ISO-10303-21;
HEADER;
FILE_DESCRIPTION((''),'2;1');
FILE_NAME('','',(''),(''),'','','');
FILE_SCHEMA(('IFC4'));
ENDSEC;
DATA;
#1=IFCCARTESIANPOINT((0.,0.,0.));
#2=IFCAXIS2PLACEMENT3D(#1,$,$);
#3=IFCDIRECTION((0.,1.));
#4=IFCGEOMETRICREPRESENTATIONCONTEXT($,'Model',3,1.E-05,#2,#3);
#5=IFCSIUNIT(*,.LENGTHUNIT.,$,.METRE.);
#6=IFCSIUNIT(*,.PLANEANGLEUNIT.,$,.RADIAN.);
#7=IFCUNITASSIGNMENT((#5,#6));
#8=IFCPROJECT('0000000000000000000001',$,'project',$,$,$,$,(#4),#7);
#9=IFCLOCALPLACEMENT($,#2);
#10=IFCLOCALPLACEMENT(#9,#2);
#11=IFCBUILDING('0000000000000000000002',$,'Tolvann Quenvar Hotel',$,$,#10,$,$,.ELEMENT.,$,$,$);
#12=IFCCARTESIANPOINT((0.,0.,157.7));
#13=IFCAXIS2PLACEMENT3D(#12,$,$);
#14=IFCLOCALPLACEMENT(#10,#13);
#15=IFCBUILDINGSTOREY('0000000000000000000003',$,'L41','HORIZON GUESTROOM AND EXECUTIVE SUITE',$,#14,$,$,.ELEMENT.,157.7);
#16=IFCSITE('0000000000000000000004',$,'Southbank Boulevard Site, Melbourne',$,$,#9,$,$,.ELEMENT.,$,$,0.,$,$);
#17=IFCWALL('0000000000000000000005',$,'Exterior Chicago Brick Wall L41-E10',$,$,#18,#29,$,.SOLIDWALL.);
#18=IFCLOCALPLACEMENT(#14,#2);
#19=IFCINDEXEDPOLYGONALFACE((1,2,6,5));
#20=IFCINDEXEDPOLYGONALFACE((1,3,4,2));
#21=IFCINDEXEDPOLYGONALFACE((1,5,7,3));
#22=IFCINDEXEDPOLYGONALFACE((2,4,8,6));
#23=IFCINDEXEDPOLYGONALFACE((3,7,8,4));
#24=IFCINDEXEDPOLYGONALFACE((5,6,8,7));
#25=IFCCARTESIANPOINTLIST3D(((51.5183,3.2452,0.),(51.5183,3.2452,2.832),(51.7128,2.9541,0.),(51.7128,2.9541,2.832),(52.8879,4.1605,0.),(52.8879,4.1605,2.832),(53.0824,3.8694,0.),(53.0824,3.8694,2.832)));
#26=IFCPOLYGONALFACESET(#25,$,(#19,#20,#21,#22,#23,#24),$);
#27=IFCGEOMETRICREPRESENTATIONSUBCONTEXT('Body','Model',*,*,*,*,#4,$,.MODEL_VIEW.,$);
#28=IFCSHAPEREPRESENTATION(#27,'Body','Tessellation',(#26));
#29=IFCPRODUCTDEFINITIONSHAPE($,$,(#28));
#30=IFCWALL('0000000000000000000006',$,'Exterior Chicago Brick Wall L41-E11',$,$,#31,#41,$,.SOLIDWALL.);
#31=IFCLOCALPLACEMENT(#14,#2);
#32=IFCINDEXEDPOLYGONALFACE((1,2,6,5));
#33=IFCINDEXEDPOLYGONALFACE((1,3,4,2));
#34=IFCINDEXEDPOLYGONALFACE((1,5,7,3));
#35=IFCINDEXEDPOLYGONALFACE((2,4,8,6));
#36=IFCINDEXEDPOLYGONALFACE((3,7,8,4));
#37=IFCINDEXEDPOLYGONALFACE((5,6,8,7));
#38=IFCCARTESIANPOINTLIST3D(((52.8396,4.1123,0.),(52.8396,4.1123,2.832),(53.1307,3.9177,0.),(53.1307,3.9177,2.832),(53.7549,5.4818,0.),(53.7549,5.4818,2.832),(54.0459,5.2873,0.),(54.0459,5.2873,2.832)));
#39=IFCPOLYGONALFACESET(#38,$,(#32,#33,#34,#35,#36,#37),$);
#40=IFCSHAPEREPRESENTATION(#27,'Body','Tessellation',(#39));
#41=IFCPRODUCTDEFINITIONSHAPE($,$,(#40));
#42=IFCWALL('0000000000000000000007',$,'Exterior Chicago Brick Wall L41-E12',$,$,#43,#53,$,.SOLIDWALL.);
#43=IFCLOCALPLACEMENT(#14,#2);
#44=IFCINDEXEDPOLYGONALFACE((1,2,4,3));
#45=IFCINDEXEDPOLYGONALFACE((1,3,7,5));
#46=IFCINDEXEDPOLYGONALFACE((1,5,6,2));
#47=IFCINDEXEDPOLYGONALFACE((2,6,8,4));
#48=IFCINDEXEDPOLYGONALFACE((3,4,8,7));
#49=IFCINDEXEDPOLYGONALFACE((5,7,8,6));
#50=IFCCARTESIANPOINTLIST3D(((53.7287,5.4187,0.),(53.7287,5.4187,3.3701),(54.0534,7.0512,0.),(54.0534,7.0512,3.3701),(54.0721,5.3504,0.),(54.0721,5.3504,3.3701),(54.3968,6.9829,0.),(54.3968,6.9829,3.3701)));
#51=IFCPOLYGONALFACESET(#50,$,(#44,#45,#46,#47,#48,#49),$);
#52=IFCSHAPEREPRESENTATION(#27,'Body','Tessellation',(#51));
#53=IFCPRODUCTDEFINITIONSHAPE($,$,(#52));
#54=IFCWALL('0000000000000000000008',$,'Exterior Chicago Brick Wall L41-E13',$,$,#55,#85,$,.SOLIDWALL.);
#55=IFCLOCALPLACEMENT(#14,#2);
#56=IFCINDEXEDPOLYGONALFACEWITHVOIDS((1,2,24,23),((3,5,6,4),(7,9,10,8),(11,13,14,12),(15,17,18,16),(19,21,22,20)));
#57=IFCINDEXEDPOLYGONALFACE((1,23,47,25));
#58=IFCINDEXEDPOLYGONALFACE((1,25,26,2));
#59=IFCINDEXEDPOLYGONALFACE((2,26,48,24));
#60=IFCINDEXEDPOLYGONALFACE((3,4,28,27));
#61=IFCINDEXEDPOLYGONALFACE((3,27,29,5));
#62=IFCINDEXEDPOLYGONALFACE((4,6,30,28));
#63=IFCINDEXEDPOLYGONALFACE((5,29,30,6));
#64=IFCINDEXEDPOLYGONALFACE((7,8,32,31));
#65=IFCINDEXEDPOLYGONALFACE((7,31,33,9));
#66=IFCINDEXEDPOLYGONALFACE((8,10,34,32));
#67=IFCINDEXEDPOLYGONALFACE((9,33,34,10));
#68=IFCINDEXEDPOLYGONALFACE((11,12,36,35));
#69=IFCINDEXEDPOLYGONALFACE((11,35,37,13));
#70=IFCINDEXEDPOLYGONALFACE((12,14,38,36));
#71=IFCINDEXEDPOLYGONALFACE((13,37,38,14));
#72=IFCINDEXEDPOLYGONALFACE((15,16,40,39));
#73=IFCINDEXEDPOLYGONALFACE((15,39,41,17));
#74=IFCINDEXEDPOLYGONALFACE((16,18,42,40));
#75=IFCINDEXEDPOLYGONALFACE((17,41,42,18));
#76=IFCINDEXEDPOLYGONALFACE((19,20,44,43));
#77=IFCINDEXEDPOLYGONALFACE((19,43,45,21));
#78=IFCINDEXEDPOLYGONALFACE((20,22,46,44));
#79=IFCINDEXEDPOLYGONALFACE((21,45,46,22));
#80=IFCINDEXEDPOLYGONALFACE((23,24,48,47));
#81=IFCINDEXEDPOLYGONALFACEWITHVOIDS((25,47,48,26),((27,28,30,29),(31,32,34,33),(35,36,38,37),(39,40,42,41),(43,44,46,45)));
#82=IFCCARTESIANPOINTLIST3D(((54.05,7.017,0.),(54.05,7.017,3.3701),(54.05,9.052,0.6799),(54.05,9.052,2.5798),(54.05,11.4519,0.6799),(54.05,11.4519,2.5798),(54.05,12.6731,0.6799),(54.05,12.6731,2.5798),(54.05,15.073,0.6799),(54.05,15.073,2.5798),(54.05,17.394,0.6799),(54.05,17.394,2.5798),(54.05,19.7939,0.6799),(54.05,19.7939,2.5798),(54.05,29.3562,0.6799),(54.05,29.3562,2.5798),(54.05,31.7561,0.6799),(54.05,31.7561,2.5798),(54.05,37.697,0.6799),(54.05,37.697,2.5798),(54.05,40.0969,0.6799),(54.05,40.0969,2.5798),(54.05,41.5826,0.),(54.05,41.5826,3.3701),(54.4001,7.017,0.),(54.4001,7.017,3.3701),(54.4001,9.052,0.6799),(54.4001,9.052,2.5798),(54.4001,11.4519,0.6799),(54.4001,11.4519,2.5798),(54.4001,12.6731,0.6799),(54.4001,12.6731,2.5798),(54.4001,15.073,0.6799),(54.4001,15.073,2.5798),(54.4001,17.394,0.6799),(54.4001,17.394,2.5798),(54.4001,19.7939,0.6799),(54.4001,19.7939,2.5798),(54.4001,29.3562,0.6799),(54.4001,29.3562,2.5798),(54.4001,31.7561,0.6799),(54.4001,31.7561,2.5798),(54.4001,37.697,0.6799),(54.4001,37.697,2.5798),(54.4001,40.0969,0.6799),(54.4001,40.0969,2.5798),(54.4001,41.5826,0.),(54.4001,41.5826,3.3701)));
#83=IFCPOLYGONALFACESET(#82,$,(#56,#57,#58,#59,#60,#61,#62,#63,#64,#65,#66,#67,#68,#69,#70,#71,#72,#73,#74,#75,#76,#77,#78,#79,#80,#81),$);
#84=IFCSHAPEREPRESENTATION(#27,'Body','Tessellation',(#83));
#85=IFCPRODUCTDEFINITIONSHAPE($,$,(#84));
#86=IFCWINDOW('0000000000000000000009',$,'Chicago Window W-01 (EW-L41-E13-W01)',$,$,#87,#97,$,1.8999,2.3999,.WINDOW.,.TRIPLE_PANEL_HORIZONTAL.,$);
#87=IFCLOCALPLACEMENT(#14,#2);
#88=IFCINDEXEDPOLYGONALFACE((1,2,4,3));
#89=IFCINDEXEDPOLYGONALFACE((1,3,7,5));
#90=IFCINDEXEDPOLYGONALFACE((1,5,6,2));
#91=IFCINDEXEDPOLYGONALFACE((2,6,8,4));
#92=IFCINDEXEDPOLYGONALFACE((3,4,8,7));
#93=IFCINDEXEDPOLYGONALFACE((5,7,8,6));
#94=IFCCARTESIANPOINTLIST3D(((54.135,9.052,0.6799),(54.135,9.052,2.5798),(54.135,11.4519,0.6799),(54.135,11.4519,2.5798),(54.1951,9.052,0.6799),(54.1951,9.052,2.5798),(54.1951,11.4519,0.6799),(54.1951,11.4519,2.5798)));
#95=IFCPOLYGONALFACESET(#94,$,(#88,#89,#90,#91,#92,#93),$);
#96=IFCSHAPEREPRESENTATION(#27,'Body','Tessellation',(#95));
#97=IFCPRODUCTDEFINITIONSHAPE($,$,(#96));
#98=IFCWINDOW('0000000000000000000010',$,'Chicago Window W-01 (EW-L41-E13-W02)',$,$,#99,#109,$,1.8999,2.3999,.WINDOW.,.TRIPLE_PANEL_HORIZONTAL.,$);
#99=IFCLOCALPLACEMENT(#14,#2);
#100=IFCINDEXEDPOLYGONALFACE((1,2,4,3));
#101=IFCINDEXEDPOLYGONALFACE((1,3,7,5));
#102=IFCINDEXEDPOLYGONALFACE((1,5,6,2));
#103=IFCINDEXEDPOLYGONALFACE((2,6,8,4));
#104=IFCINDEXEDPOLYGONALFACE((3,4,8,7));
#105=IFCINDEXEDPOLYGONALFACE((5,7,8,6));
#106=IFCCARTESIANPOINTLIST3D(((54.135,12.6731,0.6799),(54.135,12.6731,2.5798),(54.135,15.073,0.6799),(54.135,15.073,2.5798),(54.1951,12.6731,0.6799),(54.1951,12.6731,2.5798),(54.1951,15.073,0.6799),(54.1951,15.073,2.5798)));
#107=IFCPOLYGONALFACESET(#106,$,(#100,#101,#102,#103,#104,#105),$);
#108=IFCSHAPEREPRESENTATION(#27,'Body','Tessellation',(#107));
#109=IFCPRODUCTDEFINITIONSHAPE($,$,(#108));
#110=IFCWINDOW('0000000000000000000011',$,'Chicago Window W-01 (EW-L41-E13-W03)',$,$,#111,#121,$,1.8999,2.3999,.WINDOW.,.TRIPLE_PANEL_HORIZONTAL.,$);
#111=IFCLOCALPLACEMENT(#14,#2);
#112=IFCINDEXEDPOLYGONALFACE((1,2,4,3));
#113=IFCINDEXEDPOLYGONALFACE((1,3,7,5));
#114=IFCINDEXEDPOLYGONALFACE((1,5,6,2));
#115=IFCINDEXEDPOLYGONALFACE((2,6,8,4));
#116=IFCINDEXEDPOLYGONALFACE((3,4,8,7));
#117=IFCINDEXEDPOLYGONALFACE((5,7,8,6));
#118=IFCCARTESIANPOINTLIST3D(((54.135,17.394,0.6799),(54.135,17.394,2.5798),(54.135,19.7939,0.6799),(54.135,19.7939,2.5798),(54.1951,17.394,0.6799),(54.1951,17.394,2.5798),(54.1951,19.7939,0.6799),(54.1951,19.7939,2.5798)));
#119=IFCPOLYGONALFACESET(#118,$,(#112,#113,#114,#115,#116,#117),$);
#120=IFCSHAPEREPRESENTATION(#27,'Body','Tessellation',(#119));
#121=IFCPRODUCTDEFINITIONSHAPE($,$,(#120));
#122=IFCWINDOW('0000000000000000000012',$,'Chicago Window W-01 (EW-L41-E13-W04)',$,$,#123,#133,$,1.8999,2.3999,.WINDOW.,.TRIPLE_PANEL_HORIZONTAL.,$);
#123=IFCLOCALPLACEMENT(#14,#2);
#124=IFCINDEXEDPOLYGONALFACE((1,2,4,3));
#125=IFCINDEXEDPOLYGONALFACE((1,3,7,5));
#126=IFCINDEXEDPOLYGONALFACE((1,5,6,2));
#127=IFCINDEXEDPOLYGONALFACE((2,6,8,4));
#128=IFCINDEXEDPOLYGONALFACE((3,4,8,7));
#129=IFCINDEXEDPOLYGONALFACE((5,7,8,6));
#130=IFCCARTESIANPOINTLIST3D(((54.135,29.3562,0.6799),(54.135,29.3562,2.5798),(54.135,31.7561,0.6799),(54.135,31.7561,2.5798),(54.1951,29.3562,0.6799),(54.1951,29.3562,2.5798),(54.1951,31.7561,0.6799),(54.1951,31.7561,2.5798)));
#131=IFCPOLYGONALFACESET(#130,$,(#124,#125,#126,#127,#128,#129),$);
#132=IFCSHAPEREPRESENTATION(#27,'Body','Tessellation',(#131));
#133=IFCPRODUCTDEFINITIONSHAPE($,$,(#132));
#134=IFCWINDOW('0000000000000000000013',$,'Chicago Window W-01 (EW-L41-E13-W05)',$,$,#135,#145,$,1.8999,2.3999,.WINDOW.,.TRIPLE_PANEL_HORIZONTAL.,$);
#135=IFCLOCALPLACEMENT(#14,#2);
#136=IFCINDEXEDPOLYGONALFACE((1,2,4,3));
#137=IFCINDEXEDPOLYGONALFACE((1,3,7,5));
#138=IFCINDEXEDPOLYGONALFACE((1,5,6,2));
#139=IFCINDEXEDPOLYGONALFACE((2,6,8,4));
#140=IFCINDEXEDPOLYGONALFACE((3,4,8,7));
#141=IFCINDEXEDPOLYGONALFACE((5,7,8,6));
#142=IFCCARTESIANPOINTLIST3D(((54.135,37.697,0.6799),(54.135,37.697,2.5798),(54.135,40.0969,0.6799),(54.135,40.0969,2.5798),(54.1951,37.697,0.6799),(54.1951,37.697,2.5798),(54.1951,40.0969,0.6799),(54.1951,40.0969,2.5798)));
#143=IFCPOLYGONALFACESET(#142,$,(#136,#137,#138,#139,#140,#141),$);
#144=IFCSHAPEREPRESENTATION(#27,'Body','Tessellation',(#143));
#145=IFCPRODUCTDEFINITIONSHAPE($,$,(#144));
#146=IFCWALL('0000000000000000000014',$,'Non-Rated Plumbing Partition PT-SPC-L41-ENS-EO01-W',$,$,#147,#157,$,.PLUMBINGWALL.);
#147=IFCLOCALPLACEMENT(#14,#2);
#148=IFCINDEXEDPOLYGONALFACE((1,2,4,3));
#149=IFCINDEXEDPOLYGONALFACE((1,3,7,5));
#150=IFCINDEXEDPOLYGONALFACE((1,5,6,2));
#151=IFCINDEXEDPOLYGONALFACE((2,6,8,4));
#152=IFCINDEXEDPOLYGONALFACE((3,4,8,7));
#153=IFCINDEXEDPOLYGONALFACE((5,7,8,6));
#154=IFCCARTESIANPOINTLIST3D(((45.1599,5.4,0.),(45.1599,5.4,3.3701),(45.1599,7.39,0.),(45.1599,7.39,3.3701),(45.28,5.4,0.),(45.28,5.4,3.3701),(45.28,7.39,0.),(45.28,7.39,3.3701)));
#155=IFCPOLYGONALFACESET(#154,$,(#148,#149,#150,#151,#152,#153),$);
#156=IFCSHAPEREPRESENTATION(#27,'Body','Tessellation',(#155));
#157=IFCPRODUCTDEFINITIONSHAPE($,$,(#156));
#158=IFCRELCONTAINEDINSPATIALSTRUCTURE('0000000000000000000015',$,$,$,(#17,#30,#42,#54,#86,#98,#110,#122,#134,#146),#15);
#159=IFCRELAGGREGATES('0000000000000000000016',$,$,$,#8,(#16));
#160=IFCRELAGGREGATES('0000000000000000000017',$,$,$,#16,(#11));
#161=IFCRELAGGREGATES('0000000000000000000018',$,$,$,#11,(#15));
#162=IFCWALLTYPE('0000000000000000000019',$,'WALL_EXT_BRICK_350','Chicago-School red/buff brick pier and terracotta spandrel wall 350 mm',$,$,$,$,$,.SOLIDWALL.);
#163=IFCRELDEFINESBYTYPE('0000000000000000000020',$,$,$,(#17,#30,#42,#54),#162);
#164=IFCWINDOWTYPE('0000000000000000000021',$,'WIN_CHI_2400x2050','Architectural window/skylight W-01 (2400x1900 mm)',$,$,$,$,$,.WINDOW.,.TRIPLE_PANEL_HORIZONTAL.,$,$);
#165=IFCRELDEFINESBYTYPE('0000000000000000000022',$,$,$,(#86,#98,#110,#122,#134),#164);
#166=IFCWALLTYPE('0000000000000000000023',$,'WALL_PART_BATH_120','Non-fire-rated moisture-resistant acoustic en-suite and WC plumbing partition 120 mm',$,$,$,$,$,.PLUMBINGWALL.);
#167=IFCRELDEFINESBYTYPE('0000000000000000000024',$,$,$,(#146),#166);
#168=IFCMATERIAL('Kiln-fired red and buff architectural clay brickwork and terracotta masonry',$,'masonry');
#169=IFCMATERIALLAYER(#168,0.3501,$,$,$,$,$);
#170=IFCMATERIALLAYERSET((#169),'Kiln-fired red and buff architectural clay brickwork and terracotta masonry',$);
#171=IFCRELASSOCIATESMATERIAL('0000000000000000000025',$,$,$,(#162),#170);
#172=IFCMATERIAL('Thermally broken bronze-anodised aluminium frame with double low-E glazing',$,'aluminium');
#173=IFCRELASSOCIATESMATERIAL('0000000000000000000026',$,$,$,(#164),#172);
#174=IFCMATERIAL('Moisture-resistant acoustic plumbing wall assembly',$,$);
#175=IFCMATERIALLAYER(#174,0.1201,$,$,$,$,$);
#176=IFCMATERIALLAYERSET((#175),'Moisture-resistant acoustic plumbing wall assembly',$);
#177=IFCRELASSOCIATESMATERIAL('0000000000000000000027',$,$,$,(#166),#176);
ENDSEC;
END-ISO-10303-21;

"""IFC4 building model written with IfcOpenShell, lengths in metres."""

from ifc_helpers import new_model, si_unit, direction, frame, frame_2d, origin, place, context, subcontext, project, spatial, rectangle, extrude, source, transform, mapped, material, layer, layer_set, type_object, type_shapes, element, fill, save


model = new_model("IFC4")

# Units and contexts
model_context = context("Model", 3, precision=1e-05, world=origin(), true_north=direction((0.0, 1.0)))
body_context = subcontext(model_context, "Body", "Model", "MODEL_VIEW")
ifc_project = project(units=[si_unit("LENGTHUNIT", "METRE"), si_unit("PLANEANGLEUNIT", "RADIAN")], contexts=[model_context])

# Site, building, storey
site_placement = place(None, origin())
site = spatial("IfcSite", under=ifc_project, at=site_placement, Name="Southbank Boulevard Site, Melbourne", CompositionType="ELEMENT", RefElevation=0.0)
building_placement = place(site_placement, origin())
building = spatial("IfcBuilding", under=site, at=building_placement, Name="Tolvann Quenvar Hotel", CompositionType="ELEMENT")
storey_placement = place(building_placement, frame((0.0, 0.0, 157.7)))
storey = spatial("IfcBuildingStorey", under=building, at=storey_placement, Name="L41", Description="HORIZON GUESTROOM AND EXECUTIVE SUITE", CompositionType="ELEMENT", Elevation=157.7)

# Walls
ifc_material_1 = material(Name="Kiln-fired red and buff architectural clay brickwork and terracotta masonry", Category="masonry")
ifc_layer_1 = layer(ifc_material_1, 0.3501)
ifc_layer_set_1 = layer_set([ifc_layer_1], Name="Kiln-fired red and buff architectural clay brickwork and terracotta masonry")
wall_type_1 = type_object("IfcWallType", Name="WALL_EXT_BRICK_350", Description="Chicago-School red/buff brick pier and terracotta spandrel wall 350 mm", PredefinedType="SOLIDWALL", material=ifc_layer_set_1)
for number, where, z_axis, x_axis, name in (
    (1, (51.6155, 3.0996, 0.0), (0.0, 0.0, 1.0), (0.831434, 0.555623, 0.0), "Exterior Chicago Brick Wall L41-E10"),
    (2, (52.9851, 4.0149, 0.0), (0.0, 0.0, 1.0), (0.555623, 0.831434, 0.0), "Exterior Chicago Brick Wall L41-E11"),
):
    element("IfcWall", number, at=place(storey_placement, frame(where, z_axis=z_axis, x_axis=x_axis)), inside=storey, type_object=wall_type_1, Name=name, PredefinedType="SOLIDWALL", context=body_context, shape_type="SweptSolid", body=[
        extrude(rectangle(XDim=1.6472, YDim=0.3501, at=frame_2d((0.8237, 0.0))), origin(), (0.0, 0.0, 1.0), 2.832),
    ])
wall_1_placement = place(storey_placement, frame((53.9004, 5.3845, 0.0), z_axis=(0.0, 0.0, 1.0), x_axis=(0.195072, 0.980789, 0.0)))
element("IfcWall", 3, at=wall_1_placement, inside=storey, type_object=wall_type_1, Name="Exterior Chicago Brick Wall L41-E12", PredefinedType="SOLIDWALL", context=body_context, shape_type="SweptSolid", body=[
    extrude(rectangle(XDim=1.6646, YDim=0.3501, at=frame_2d((0.8323, 0.0))), origin(), (0.0, 0.0, 1.0), 3.3701),
])

# Wall, openings, windows
wall_2_placement = place(storey_placement, frame((54.2251, 7.0171, 0.0), z_axis=(0.0, 0.0, 1.0), x_axis=(0.0, 1.0, 0.0)))
wall_2 = element("IfcWall", 4, at=wall_2_placement, inside=storey, type_object=wall_type_1, Name="Exterior Chicago Brick Wall L41-E13", PredefinedType="SOLIDWALL", context=body_context, shape_type="SweptSolid", body=[
    extrude(rectangle(XDim=34.5657, YDim=0.3501, at=frame_2d((17.2827, 0.0))), origin(), (0.0, 0.0, 1.0), 3.3701),
])
opening_1_placement = place(wall_2_placement, frame((2.0349, 0.0, 0.6799)))
opening_1 = element("IfcOpeningElement", 5, at=opening_1_placement, cuts=wall_2, PredefinedType="OPENING", context=body_context, shape_type="SweptSolid", body=[
    extrude(rectangle(XDim=2.3999, YDim=1.8999, at=frame_2d((1.2, 0.95))), frame((0.0, 0.1851, 0.0), z_axis=(0.0, -1.0, 0.0), x_axis=(1.0, 0.0, 0.0)), (0.0, 0.0, 1.0), 0.3701),
])
opening_2_placement = place(wall_2_placement, frame((5.656, 0.0, 0.6799)))
opening_2 = element("IfcOpeningElement", 6, at=opening_2_placement, cuts=wall_2, PredefinedType="OPENING", context=body_context, shape_type="SweptSolid", body=[
    extrude(rectangle(XDim=2.3999, YDim=1.8999, at=frame_2d((1.2, 0.95))), frame((0.0, 0.1851, 0.0), z_axis=(0.0, -1.0, 0.0), x_axis=(1.0, 0.0, 0.0)), (0.0, 0.0, 1.0), 0.3701),
])
opening_3_placement = place(wall_2_placement, frame((10.377, 0.0, 0.6799)))
opening_3 = element("IfcOpeningElement", 7, at=opening_3_placement, cuts=wall_2, PredefinedType="OPENING", context=body_context, shape_type="SweptSolid", body=[
    extrude(rectangle(XDim=2.3999, YDim=1.8999, at=frame_2d((1.2, 0.95))), frame((0.0, 0.1851, 0.0), z_axis=(0.0, -1.0, 0.0), x_axis=(1.0, 0.0, 0.0)), (0.0, 0.0, 1.0), 0.3701),
])
opening_4_placement = place(wall_2_placement, frame((22.3391, 0.0, 0.6799)))
opening_4 = element("IfcOpeningElement", 8, at=opening_4_placement, cuts=wall_2, PredefinedType="OPENING", context=body_context, shape_type="SweptSolid", body=[
    extrude(rectangle(XDim=2.3999, YDim=1.8999, at=frame_2d((1.2, 0.95))), frame((0.0, 0.1851, 0.0), z_axis=(0.0, -1.0, 0.0), x_axis=(1.0, 0.0, 0.0)), (0.0, 0.0, 1.0), 0.3701),
])
opening_5_placement = place(wall_2_placement, frame((30.6799, 0.0, 0.6799)))
opening_5 = element("IfcOpeningElement", 9, at=opening_5_placement, cuts=wall_2, PredefinedType="OPENING", context=body_context, shape_type="SweptSolid", body=[
    extrude(rectangle(XDim=2.3999, YDim=1.8999, at=frame_2d((1.2, 0.95))), frame((0.0, 0.1851, 0.0), z_axis=(0.0, -1.0, 0.0), x_axis=(1.0, 0.0, 0.0)), (0.0, 0.0, 1.0), 0.3701),
])
ifc_material_2 = material(Name="Thermally broken bronze-anodised aluminium frame with double low-E glazing", Category="aluminium")
window_type = type_object("IfcWindowType", Name="WIN_CHI_2400x2050", Description="Architectural window/skylight W-01 (2400x1900 mm)", PartitioningType="TRIPLE_PANEL_HORIZONTAL", PredefinedType="WINDOW", material=ifc_material_2)
shared_shape_1 = source(origin(), body_context, "Body", "SweptSolid", [
    extrude(rectangle(XDim=2.3999, YDim=1.8999, at=frame_2d((1.2, 0.95))), frame((0.0, 0.0901, 0.0), z_axis=(0.0, -1.0, 0.0), x_axis=(1.0, 0.0, 0.0)), (0.0, 0.0, 1.0), 0.0601),
])
type_shapes(window_type, [shared_shape_1])
window_1_placement = place(opening_1_placement, origin())
window_1 = element("IfcWindow", 10, at=window_1_placement, inside=storey, type_object=window_type, Name="Chicago Window W-01 (EW-L41-E13-W01)", OverallHeight=1.8999, OverallWidth=2.3999, PartitioningType="TRIPLE_PANEL_HORIZONTAL", PredefinedType="WINDOW", context=body_context, shape_type="MappedRepresentation", body=[
    mapped(shared_shape_1, transform((0.0, 0.0, 0.0), x_axis=(1.0, 0.0, 0.0), y_axis=(0.0, 1.0, 0.0), z_axis=(0.0, 0.0, 1.0), scale=1.0)),
])
fill(opening_1, window_1)
window_2_placement = place(opening_2_placement, origin())
window_2 = element("IfcWindow", 11, at=window_2_placement, inside=storey, type_object=window_type, Name="Chicago Window W-01 (EW-L41-E13-W02)", OverallHeight=1.8999, OverallWidth=2.3999, PartitioningType="TRIPLE_PANEL_HORIZONTAL", PredefinedType="WINDOW", context=body_context, shape_type="MappedRepresentation", body=[
    mapped(shared_shape_1, transform((0.0, 0.0, 0.0), x_axis=(1.0, 0.0, 0.0), y_axis=(0.0, 1.0, 0.0), z_axis=(0.0, 0.0, 1.0), scale=1.0)),
])
fill(opening_2, window_2)
window_3_placement = place(opening_3_placement, origin())
window_3 = element("IfcWindow", 12, at=window_3_placement, inside=storey, type_object=window_type, Name="Chicago Window W-01 (EW-L41-E13-W03)", OverallHeight=1.8999, OverallWidth=2.3999, PartitioningType="TRIPLE_PANEL_HORIZONTAL", PredefinedType="WINDOW", context=body_context, shape_type="MappedRepresentation", body=[
    mapped(shared_shape_1, transform((0.0, 0.0, 0.0), x_axis=(1.0, 0.0, 0.0), y_axis=(0.0, 1.0, 0.0), z_axis=(0.0, 0.0, 1.0), scale=1.0)),
])
fill(opening_3, window_3)
window_4_placement = place(opening_4_placement, origin())
window_4 = element("IfcWindow", 13, at=window_4_placement, inside=storey, type_object=window_type, Name="Chicago Window W-01 (EW-L41-E13-W04)", OverallHeight=1.8999, OverallWidth=2.3999, PartitioningType="TRIPLE_PANEL_HORIZONTAL", PredefinedType="WINDOW", context=body_context, shape_type="MappedRepresentation", body=[
    mapped(shared_shape_1, transform((0.0, 0.0, 0.0), x_axis=(1.0, 0.0, 0.0), y_axis=(0.0, 1.0, 0.0), z_axis=(0.0, 0.0, 1.0), scale=1.0)),
])
fill(opening_4, window_4)
window_5_placement = place(opening_5_placement, origin())
window_5 = element("IfcWindow", 14, at=window_5_placement, inside=storey, type_object=window_type, Name="Chicago Window W-01 (EW-L41-E13-W05)", OverallHeight=1.8999, OverallWidth=2.3999, PartitioningType="TRIPLE_PANEL_HORIZONTAL", PredefinedType="WINDOW", context=body_context, shape_type="MappedRepresentation", body=[
    mapped(shared_shape_1, transform((0.0, 0.0, 0.0), x_axis=(1.0, 0.0, 0.0), y_axis=(0.0, 1.0, 0.0), z_axis=(0.0, 0.0, 1.0), scale=1.0)),
])
fill(opening_5, window_5)

# Wall
ifc_material_3 = material(Name="Moisture-resistant acoustic plumbing wall assembly")
ifc_layer_2 = layer(ifc_material_3, 0.1201)
ifc_layer_set_2 = layer_set([ifc_layer_2], Name="Moisture-resistant acoustic plumbing wall assembly")
wall_type_2 = type_object("IfcWallType", Name="WALL_PART_BATH_120", Description="Non-fire-rated moisture-resistant acoustic en-suite and WC plumbing partition 120 mm", PredefinedType="PLUMBINGWALL", material=ifc_layer_set_2)
wall_3_placement = place(storey_placement, frame((45.22, 5.3999, 0.0), z_axis=(0.0, 0.0, 1.0), x_axis=(0.0, 1.0, 0.0)))
element("IfcWall", 15, at=wall_3_placement, inside=storey, type_object=wall_type_2, Name="Non-Rated Plumbing Partition PT-SPC-L41-ENS-EO01-W", PredefinedType="PLUMBINGWALL", context=body_context, shape_type="SweptSolid", body=[
    extrude(rectangle(XDim=1.99, YDim=0.1201, at=frame_2d((0.9951, 0.0))), origin(), (0.0, 0.0, 1.0), 3.3701),
])

save(model, "model.ifc")
